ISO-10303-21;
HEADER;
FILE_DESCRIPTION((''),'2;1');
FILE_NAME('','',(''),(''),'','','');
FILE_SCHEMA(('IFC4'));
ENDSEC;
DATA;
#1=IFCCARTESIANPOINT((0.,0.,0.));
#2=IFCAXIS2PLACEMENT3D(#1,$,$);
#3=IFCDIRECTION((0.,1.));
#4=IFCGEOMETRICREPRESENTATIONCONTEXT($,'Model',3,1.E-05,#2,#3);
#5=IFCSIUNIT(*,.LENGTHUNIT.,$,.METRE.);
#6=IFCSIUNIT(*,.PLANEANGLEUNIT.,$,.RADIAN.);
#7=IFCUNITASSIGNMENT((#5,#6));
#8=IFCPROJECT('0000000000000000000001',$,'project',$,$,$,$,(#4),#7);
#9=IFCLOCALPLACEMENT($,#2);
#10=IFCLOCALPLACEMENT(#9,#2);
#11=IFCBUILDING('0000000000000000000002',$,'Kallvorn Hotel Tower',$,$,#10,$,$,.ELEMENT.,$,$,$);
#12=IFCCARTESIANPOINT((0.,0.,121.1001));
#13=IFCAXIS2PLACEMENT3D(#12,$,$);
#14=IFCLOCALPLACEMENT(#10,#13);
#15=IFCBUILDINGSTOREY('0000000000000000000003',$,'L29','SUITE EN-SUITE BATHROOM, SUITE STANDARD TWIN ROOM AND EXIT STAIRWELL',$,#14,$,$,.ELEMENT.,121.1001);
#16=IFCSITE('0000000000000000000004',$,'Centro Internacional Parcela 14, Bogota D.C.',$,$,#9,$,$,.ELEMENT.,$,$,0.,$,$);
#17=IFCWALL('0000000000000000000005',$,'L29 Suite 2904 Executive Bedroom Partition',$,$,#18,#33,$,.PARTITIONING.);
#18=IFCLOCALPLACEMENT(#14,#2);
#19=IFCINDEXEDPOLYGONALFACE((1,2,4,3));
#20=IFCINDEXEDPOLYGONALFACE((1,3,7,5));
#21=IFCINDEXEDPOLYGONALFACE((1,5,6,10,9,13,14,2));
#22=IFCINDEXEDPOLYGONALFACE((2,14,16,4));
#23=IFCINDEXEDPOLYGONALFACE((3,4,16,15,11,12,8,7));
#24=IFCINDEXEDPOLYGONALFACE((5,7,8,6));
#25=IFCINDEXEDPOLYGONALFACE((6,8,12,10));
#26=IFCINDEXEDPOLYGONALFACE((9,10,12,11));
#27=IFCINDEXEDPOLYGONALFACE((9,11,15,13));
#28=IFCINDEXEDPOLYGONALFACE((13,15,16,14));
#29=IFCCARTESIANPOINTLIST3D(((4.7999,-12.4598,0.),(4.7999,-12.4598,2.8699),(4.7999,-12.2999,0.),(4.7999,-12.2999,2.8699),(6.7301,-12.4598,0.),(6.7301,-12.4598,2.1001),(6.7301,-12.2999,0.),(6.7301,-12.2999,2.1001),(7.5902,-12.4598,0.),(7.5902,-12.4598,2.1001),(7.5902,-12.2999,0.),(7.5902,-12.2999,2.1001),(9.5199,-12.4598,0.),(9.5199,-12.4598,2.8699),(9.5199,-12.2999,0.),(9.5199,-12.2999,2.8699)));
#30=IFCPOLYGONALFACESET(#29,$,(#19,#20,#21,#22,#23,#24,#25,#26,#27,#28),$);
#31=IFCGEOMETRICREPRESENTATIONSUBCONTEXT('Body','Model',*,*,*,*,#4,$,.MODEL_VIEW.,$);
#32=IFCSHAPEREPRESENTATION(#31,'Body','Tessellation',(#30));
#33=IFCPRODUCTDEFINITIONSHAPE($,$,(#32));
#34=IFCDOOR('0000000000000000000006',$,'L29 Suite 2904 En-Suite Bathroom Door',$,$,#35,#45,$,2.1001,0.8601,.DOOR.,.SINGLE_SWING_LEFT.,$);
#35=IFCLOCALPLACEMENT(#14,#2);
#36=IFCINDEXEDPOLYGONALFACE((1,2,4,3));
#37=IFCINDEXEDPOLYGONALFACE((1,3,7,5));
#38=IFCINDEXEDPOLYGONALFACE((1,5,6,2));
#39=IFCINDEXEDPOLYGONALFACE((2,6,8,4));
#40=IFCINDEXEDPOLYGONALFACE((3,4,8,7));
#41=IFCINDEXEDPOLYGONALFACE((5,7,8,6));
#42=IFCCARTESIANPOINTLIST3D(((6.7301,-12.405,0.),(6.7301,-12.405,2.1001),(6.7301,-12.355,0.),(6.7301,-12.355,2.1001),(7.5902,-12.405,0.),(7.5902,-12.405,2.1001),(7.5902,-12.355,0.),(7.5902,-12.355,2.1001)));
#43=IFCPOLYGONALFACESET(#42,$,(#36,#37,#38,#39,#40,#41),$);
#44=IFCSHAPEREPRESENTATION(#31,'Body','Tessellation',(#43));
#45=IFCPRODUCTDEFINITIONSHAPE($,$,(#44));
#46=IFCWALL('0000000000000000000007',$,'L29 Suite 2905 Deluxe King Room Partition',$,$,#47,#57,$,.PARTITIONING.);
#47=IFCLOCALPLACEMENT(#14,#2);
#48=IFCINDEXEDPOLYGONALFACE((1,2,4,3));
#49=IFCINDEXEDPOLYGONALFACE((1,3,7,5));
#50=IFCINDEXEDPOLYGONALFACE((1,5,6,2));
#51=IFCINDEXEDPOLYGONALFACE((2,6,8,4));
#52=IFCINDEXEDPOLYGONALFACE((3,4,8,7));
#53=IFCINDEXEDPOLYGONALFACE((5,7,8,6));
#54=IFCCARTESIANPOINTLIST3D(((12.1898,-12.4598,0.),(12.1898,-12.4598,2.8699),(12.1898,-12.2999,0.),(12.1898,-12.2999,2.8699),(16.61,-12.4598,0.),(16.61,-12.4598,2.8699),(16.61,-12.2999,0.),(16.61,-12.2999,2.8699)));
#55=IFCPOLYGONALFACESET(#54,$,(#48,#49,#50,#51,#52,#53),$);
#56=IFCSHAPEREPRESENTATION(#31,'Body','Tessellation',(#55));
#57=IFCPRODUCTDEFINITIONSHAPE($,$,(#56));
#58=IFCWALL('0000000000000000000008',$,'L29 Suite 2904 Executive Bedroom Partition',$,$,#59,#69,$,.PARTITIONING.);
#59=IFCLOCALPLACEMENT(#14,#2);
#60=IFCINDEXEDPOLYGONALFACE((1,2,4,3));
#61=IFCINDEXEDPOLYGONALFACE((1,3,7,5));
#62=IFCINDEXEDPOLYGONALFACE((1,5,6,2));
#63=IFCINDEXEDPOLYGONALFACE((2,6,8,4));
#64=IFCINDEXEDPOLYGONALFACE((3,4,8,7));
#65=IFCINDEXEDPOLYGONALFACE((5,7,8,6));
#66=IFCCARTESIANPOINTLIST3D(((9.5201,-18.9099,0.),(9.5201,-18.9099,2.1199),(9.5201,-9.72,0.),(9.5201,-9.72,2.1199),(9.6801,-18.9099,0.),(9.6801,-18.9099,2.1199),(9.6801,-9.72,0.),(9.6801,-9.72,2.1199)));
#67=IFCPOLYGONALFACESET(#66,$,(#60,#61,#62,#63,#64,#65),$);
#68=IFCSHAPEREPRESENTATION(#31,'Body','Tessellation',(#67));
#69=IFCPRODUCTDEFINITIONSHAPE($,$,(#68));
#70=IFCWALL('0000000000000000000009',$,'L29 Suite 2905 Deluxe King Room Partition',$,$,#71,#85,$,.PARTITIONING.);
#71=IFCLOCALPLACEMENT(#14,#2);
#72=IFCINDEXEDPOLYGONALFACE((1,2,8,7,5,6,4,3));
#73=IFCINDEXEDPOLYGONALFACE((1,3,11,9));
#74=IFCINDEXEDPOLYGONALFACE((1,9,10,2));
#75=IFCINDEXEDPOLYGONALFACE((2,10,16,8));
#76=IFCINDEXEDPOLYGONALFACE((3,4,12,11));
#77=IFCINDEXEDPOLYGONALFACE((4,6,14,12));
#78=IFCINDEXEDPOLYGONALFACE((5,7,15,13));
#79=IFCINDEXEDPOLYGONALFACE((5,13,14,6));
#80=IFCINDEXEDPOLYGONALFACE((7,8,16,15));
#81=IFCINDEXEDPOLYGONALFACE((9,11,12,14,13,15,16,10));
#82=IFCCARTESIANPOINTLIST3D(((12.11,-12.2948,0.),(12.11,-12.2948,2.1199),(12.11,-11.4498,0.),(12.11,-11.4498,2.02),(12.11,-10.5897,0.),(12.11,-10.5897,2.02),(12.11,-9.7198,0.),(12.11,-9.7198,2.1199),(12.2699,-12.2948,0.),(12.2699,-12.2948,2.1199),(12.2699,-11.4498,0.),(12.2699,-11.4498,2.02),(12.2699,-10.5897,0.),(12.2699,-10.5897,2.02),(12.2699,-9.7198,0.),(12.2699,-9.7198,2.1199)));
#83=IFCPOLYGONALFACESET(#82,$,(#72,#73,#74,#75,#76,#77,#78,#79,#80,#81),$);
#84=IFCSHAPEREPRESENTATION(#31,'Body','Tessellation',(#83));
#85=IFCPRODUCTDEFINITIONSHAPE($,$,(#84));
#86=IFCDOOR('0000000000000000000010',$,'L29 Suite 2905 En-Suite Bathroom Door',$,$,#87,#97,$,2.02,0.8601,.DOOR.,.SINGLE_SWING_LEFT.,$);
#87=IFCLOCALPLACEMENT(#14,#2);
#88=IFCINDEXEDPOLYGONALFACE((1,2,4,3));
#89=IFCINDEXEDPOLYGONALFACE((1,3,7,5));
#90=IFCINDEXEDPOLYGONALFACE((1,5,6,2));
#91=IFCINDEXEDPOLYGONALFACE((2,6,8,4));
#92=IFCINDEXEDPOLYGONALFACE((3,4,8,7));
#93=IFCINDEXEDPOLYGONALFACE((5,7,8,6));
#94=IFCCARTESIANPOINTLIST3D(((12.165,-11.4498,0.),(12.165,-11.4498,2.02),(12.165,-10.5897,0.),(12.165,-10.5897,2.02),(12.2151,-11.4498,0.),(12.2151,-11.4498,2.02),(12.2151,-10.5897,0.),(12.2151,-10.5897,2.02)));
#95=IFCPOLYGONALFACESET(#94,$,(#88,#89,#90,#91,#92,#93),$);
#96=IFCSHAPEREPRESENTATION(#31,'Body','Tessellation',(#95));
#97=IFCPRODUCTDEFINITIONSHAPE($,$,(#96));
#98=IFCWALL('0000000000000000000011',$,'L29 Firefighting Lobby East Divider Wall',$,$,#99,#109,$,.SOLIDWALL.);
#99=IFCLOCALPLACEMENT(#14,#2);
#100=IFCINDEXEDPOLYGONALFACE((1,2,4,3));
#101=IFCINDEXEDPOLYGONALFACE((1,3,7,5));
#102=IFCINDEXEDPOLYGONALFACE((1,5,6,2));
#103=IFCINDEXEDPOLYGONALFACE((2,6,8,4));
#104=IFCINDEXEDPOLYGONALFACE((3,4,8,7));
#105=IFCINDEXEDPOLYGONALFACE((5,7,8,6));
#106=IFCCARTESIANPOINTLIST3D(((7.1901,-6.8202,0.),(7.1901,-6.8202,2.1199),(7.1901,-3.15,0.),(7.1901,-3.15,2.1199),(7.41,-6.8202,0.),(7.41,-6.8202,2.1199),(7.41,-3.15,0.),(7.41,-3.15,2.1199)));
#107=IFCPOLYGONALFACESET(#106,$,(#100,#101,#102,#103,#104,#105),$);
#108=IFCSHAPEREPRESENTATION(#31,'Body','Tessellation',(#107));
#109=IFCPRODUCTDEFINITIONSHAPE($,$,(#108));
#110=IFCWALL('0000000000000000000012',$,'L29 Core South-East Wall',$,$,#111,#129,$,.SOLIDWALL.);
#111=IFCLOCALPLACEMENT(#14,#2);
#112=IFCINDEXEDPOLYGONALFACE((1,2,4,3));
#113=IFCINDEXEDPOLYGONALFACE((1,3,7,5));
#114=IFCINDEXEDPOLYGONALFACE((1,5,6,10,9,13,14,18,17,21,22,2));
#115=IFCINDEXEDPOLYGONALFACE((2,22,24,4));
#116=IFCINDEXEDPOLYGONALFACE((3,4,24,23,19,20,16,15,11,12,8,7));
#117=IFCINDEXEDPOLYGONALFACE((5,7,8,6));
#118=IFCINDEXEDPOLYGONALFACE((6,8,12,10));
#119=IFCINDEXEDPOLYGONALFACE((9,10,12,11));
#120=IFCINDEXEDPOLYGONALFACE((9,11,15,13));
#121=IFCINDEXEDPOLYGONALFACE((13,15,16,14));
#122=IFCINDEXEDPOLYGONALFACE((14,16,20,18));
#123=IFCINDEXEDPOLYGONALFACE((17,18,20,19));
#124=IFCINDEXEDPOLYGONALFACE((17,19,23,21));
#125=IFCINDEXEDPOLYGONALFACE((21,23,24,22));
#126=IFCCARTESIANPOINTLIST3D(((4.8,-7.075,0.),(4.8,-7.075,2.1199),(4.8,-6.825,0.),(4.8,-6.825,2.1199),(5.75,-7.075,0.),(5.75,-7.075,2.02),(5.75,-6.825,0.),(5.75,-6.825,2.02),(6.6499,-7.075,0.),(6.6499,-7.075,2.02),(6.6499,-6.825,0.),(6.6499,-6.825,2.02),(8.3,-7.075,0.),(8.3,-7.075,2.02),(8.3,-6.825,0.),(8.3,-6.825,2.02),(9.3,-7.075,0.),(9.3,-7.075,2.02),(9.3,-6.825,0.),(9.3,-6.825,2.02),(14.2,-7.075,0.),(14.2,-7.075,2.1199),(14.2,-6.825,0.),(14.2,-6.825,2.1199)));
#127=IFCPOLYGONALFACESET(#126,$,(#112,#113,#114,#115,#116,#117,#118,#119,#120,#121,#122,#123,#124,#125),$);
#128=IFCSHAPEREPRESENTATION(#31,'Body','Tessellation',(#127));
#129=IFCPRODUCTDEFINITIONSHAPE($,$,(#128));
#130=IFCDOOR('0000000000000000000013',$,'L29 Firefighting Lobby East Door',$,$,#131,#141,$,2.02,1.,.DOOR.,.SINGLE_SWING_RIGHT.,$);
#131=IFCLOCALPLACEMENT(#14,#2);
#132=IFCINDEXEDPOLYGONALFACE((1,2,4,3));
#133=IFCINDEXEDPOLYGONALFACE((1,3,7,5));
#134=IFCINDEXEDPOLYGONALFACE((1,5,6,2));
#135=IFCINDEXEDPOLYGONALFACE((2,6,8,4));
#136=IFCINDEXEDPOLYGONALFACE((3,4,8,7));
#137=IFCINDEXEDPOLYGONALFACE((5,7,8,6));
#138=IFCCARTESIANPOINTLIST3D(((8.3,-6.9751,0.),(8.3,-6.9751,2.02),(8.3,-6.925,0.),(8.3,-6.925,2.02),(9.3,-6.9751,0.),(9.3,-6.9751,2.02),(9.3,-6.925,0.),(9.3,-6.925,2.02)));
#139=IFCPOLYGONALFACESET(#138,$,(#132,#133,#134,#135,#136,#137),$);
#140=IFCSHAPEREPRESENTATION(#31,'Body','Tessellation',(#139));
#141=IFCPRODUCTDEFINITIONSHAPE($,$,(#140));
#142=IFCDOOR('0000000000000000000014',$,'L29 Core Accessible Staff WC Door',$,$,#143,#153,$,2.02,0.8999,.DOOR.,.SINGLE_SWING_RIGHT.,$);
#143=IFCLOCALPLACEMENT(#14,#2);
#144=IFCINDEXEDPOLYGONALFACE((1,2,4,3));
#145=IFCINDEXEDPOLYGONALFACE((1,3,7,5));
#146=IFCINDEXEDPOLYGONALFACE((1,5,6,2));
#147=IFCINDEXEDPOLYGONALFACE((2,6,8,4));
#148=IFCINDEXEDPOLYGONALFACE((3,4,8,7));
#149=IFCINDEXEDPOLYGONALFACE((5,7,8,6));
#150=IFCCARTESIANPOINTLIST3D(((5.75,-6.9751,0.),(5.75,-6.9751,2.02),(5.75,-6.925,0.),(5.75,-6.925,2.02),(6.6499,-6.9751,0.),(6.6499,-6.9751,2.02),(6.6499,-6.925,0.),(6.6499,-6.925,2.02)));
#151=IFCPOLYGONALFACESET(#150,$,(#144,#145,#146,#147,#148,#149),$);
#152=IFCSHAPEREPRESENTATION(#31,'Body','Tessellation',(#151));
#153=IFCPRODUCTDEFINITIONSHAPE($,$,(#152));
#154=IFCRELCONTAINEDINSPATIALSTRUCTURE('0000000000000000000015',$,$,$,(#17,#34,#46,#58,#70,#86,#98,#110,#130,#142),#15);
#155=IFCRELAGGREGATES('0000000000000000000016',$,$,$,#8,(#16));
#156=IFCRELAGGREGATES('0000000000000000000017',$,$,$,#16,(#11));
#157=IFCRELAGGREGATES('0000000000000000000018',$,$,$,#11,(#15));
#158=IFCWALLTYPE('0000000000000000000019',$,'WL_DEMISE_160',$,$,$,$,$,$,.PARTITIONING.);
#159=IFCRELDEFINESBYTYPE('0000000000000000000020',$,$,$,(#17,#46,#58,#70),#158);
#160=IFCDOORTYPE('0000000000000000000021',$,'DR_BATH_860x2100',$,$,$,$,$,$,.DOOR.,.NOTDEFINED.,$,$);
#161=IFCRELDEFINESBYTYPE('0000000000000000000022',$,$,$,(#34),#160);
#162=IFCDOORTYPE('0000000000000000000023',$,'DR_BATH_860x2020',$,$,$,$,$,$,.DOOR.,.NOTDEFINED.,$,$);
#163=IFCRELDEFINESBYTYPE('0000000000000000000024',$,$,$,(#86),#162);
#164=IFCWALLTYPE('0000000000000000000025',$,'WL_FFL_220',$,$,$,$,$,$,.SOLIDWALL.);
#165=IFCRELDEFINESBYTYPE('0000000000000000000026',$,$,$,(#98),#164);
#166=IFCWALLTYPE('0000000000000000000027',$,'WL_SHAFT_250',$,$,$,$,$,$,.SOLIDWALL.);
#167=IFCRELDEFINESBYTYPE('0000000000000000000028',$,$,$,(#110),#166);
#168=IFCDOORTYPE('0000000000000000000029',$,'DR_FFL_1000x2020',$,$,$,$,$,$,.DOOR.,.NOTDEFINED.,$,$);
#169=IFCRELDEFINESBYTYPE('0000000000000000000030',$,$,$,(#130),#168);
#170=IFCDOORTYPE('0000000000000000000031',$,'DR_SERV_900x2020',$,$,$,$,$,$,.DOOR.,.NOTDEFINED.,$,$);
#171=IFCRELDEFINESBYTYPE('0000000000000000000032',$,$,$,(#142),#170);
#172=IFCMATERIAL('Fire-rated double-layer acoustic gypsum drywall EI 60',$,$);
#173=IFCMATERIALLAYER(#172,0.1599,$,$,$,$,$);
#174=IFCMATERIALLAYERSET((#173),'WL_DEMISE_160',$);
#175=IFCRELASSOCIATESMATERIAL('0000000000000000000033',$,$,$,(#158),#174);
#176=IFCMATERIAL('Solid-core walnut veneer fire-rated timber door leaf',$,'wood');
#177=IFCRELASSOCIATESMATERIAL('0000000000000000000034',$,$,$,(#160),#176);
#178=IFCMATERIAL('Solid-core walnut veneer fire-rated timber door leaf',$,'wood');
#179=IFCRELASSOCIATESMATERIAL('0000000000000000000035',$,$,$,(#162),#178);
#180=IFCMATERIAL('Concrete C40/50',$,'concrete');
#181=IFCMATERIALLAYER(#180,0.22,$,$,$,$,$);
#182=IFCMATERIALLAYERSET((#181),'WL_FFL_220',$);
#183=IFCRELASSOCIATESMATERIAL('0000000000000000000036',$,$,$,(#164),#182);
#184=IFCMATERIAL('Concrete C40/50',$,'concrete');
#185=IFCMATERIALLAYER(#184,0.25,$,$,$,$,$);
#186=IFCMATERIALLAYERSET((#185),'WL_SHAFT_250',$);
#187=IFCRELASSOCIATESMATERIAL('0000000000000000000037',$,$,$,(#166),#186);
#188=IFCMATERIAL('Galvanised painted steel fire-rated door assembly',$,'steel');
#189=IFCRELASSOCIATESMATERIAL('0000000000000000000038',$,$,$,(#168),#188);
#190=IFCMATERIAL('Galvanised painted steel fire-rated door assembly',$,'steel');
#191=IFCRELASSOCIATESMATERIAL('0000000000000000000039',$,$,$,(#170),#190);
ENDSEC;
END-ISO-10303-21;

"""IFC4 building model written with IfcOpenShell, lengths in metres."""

from ifc_helpers import new_model, si_unit, direction, frame, frame_2d, origin, place, context, subcontext, project, spatial, rectangle, extrude, material, layer, layer_set, type_object, element, fill, save


model = new_model("IFC4")

# Units and contexts
model_context = context("Model", 3, precision=1e-05, world=origin(), true_north=direction((0.0, 1.0)))
body_context = subcontext(model_context, "Body", "Model", "MODEL_VIEW")
ifc_project = project(units=[si_unit("LENGTHUNIT", "METRE"), si_unit("PLANEANGLEUNIT", "RADIAN")], contexts=[model_context])

# Site, building, storey
site_placement = place(None, origin())
site = spatial("IfcSite", under=ifc_project, at=site_placement, Name="Centro Internacional Parcela 14, Bogota D.C.", CompositionType="ELEMENT", RefElevation=0.0)
building_placement = place(site_placement, origin())
building = spatial("IfcBuilding", under=site, at=building_placement, Name="Kallvorn Hotel Tower", CompositionType="ELEMENT")
storey_placement = place(building_placement, frame((0.0, 0.0, 121.1001)))
storey = spatial("IfcBuildingStorey", under=building, at=storey_placement, Name="L29", Description="SUITE EN-SUITE BATHROOM, SUITE STANDARD TWIN ROOM AND EXIT STAIRWELL", CompositionType="ELEMENT", Elevation=121.1001)

# Wall, opening, door
ifc_material_1 = material(Name="Fire-rated double-layer acoustic gypsum drywall EI 60")
ifc_layer_1 = layer(ifc_material_1, 0.1599)
ifc_layer_set_1 = layer_set([ifc_layer_1], Name="WL_DEMISE_160")
wall_type_1 = type_object("IfcWallType", Name="WL_DEMISE_160", PredefinedType="PARTITIONING", material=ifc_layer_set_1)
wall_1_placement = place(storey_placement, frame((4.8, -12.3799, 0.0), z_axis=(0.0, 0.0, 1.0), x_axis=(1.0, 0.0, 0.0)))
wall_1 = element("IfcWall", 1, at=wall_1_placement, inside=storey, type_object=wall_type_1, Name="L29 Suite 2904 Executive Bedroom Partition", PredefinedType="PARTITIONING", context=body_context, shape_type="SweptSolid", body=[
    extrude(rectangle(XDim=4.72, YDim=0.1599, at=frame_2d((2.3599, 0.0))), origin(), (0.0, 0.0, 1.0), 2.8699),
])
opening_1_placement = place(wall_1_placement, frame((1.9299, 0.0, 0.0)))
opening_1 = element("IfcOpeningElement", 2, at=opening_1_placement, cuts=wall_1, PredefinedType="OPENING", context=body_context, shape_type="SweptSolid", body=[
    extrude(rectangle(XDim=0.8601, YDim=2.1001, at=frame_2d((0.4302, 1.05))), frame((0.0, 0.095, 0.0), z_axis=(0.0, -1.0, 0.0), x_axis=(1.0, 0.0, 0.0)), (0.0, 0.0, 1.0), 0.1899),
])
ifc_material_2 = material(Name="Solid-core walnut veneer fire-rated timber door leaf", Category="wood")
door_type_1 = type_object("IfcDoorType", Name="DR_BATH_860x2100", OperationType="NOTDEFINED", PredefinedType="DOOR", material=ifc_material_2)
door_1_placement = place(opening_1_placement, origin())
door_1 = element("IfcDoor", 3, at=door_1_placement, inside=storey, type_object=door_type_1, Name="L29 Suite 2904 En-Suite Bathroom Door", OperationType="SINGLE_SWING_LEFT", OverallHeight=2.1001, OverallWidth=0.8601, PredefinedType="DOOR", context=body_context, shape_type="SweptSolid", body=[
    extrude(rectangle(XDim=0.8601, YDim=2.1001, at=frame_2d((0.4302, 1.05))), frame((0.0, 0.0249, 0.0), z_axis=(0.0, -1.0, 0.0), x_axis=(1.0, 0.0, 0.0)), (0.0, 0.0, 1.0), 0.05),
])
fill(opening_1, door_1)

# Walls
wall_2_placement = place(storey_placement, frame((12.1899, -12.3799, 0.0), z_axis=(0.0, 0.0, 1.0), x_axis=(1.0, 0.0, 0.0)))
element("IfcWall", 4, at=wall_2_placement, inside=storey, type_object=wall_type_1, Name="L29 Suite 2905 Deluxe King Room Partition", PredefinedType="PARTITIONING", context=body_context, shape_type="SweptSolid", body=[
    extrude(rectangle(XDim=4.4202, YDim=0.1599, at=frame_2d((2.21, 0.0))), origin(), (0.0, 0.0, 1.0), 2.8699),
])
wall_3_placement = place(storey_placement, frame((9.6001, -18.9099, 0.0), z_axis=(0.0, 0.0, 1.0), x_axis=(0.0, 1.0, 0.0)))
element("IfcWall", 5, at=wall_3_placement, inside=storey, type_object=wall_type_1, Name="L29 Suite 2904 Executive Bedroom Partition", PredefinedType="PARTITIONING", context=body_context, shape_type="SweptSolid", body=[
    extrude(rectangle(XDim=9.1899, YDim=0.1599, at=frame_2d((4.595, 0.0))), origin(), (0.0, 0.0, 1.0), 2.1199),
])

# Wall, opening, door
wall_4_placement = place(storey_placement, frame((12.1899, -12.2949, 0.0), z_axis=(0.0, 0.0, 1.0), x_axis=(0.0, 1.0, 0.0)))
wall_4 = element("IfcWall", 6, at=wall_4_placement, inside=storey, type_object=wall_type_1, Name="L29 Suite 2905 Deluxe King Room Partition", PredefinedType="PARTITIONING", context=body_context, shape_type="SweptSolid", body=[
    extrude(rectangle(XDim=2.575, YDim=0.1599, at=frame_2d((1.2876, 0.0))), origin(), (0.0, 0.0, 1.0), 2.1199),
])
opening_2_placement = place(wall_4_placement, frame((0.845, 0.0, 0.0)))
opening_2 = element("IfcOpeningElement", 7, at=opening_2_placement, cuts=wall_4, PredefinedType="OPENING", context=body_context, shape_type="SweptSolid", body=[
    extrude(rectangle(XDim=0.8601, YDim=2.02, at=frame_2d((0.4302, 1.01))), frame((0.0, 0.095, 0.0), z_axis=(0.0, -1.0, 0.0), x_axis=(1.0, 0.0, 0.0)), (0.0, 0.0, 1.0), 0.1899),
])
ifc_material_3 = material(Name="Solid-core walnut veneer fire-rated timber door leaf", Category="wood")
door_type_2 = type_object("IfcDoorType", Name="DR_BATH_860x2020", OperationType="NOTDEFINED", PredefinedType="DOOR", material=ifc_material_3)
door_2_placement = place(opening_2_placement, origin())
door_2 = element("IfcDoor", 8, at=door_2_placement, inside=storey, type_object=door_type_2, Name="L29 Suite 2905 En-Suite Bathroom Door", OperationType="SINGLE_SWING_LEFT", OverallHeight=2.02, OverallWidth=0.8601, PredefinedType="DOOR", context=body_context, shape_type="SweptSolid", body=[
    extrude(rectangle(XDim=0.8601, YDim=2.02, at=frame_2d((0.4302, 1.01))), frame((0.0, 0.0249, 0.0), z_axis=(0.0, -1.0, 0.0), x_axis=(1.0, 0.0, 0.0)), (0.0, 0.0, 1.0), 0.05),
])
fill(opening_2, door_2)

# Wall
ifc_material_4 = material(Name="Concrete C40/50", Category="concrete")
ifc_layer_2 = layer(ifc_material_4, 0.22)
ifc_layer_set_2 = layer_set([ifc_layer_2], Name="WL_FFL_220")
wall_type_2 = type_object("IfcWallType", Name="WL_FFL_220", PredefinedType="SOLIDWALL", material=ifc_layer_set_2)
wall_5_placement = place(storey_placement, frame((7.3, -6.8201, 0.0), z_axis=(0.0, 0.0, 1.0), x_axis=(0.0, 1.0, 0.0)))
element("IfcWall", 9, at=wall_5_placement, inside=storey, type_object=wall_type_2, Name="L29 Firefighting Lobby East Divider Wall", PredefinedType="SOLIDWALL", context=body_context, shape_type="SweptSolid", body=[
    extrude(rectangle(XDim=3.6702, YDim=0.22, at=frame_2d((1.835, 0.0))), origin(), (0.0, 0.0, 1.0), 2.1199),
])

# Wall, openings, doors
ifc_material_5 = material(Name="Concrete C40/50", Category="concrete")
ifc_layer_3 = layer(ifc_material_5, 0.25)
ifc_layer_set_3 = layer_set([ifc_layer_3], Name="WL_SHAFT_250")
wall_type_3 = type_object("IfcWallType", Name="WL_SHAFT_250", PredefinedType="SOLIDWALL", material=ifc_layer_set_3)
wall_6_placement = place(storey_placement, frame((4.8, -6.95, 0.0), z_axis=(0.0, 0.0, 1.0), x_axis=(1.0, 0.0, 0.0)))
wall_6 = element("IfcWall", 10, at=wall_6_placement, inside=storey, type_object=wall_type_3, Name="L29 Core South-East Wall", PredefinedType="SOLIDWALL", context=body_context, shape_type="SweptSolid", body=[
    extrude(rectangle(XDim=9.3999, YDim=0.25, at=frame_2d((4.7, 0.0))), origin(), (0.0, 0.0, 1.0), 2.1199),
])
opening_3_placement = place(wall_6_placement, frame((3.5, 0.0, 0.0)))
opening_3 = element("IfcOpeningElement", 11, at=opening_3_placement, cuts=wall_6, PredefinedType="OPENING", context=body_context, shape_type="SweptSolid", body=[
    extrude(rectangle(XDim=1.0, YDim=2.02, at=frame_2d((0.5, 1.01))), frame((0.0, 0.1399, 0.0), z_axis=(0.0, -1.0, 0.0), x_axis=(1.0, 0.0, 0.0)), (0.0, 0.0, 1.0), 0.28),
])
opening_4_placement = place(wall_6_placement, frame((0.95, 0.0, 0.0)))
opening_4 = element("IfcOpeningElement", 12, at=opening_4_placement, cuts=wall_6, PredefinedType="OPENING", context=body_context, shape_type="SweptSolid", body=[
    extrude(rectangle(XDim=0.8999, YDim=2.02, at=frame_2d((0.45, 1.01))), frame((0.0, 0.1399, 0.0), z_axis=(0.0, -1.0, 0.0), x_axis=(1.0, 0.0, 0.0)), (0.0, 0.0, 1.0), 0.28),
])
ifc_material_6 = material(Name="Galvanised painted steel fire-rated door assembly", Category="steel")
door_type_3 = type_object("IfcDoorType", Name="DR_FFL_1000x2020", OperationType="NOTDEFINED", PredefinedType="DOOR", material=ifc_material_6)
door_3_placement = place(opening_3_placement, origin())
door_3 = element("IfcDoor", 13, at=door_3_placement, inside=storey, type_object=door_type_3, Name="L29 Firefighting Lobby East Door", OperationType="SINGLE_SWING_RIGHT", OverallHeight=2.02, OverallWidth=1.0, PredefinedType="DOOR", context=body_context, shape_type="SweptSolid", body=[
    extrude(rectangle(XDim=1.0, YDim=2.02, at=frame_2d((0.5, 1.01))), frame((0.0, 0.0249, 0.0), z_axis=(0.0, -1.0, 0.0), x_axis=(1.0, 0.0, 0.0)), (0.0, 0.0, 1.0), 0.05),
])
fill(opening_3, door_3)
ifc_material_7 = material(Name="Galvanised painted steel fire-rated door assembly", Category="steel")
door_type_4 = type_object("IfcDoorType", Name="DR_SERV_900x2020", OperationType="NOTDEFINED", PredefinedType="DOOR", material=ifc_material_7)
door_4_placement = place(opening_4_placement, origin())
door_4 = element("IfcDoor", 14, at=door_4_placement, inside=storey, type_object=door_type_4, Name="L29 Core Accessible Staff WC Door", OperationType="SINGLE_SWING_RIGHT", OverallHeight=2.02, OverallWidth=0.8999, PredefinedType="DOOR", context=body_context, shape_type="SweptSolid", body=[
    extrude(rectangle(XDim=0.8999, YDim=2.02, at=frame_2d((0.45, 1.01))), frame((0.0, 0.0249, 0.0), z_axis=(0.0, -1.0, 0.0), x_axis=(1.0, 0.0, 0.0)), (0.0, 0.0, 1.0), 0.05),
])
fill(opening_4, door_4)

save(model, "model.ifc")
